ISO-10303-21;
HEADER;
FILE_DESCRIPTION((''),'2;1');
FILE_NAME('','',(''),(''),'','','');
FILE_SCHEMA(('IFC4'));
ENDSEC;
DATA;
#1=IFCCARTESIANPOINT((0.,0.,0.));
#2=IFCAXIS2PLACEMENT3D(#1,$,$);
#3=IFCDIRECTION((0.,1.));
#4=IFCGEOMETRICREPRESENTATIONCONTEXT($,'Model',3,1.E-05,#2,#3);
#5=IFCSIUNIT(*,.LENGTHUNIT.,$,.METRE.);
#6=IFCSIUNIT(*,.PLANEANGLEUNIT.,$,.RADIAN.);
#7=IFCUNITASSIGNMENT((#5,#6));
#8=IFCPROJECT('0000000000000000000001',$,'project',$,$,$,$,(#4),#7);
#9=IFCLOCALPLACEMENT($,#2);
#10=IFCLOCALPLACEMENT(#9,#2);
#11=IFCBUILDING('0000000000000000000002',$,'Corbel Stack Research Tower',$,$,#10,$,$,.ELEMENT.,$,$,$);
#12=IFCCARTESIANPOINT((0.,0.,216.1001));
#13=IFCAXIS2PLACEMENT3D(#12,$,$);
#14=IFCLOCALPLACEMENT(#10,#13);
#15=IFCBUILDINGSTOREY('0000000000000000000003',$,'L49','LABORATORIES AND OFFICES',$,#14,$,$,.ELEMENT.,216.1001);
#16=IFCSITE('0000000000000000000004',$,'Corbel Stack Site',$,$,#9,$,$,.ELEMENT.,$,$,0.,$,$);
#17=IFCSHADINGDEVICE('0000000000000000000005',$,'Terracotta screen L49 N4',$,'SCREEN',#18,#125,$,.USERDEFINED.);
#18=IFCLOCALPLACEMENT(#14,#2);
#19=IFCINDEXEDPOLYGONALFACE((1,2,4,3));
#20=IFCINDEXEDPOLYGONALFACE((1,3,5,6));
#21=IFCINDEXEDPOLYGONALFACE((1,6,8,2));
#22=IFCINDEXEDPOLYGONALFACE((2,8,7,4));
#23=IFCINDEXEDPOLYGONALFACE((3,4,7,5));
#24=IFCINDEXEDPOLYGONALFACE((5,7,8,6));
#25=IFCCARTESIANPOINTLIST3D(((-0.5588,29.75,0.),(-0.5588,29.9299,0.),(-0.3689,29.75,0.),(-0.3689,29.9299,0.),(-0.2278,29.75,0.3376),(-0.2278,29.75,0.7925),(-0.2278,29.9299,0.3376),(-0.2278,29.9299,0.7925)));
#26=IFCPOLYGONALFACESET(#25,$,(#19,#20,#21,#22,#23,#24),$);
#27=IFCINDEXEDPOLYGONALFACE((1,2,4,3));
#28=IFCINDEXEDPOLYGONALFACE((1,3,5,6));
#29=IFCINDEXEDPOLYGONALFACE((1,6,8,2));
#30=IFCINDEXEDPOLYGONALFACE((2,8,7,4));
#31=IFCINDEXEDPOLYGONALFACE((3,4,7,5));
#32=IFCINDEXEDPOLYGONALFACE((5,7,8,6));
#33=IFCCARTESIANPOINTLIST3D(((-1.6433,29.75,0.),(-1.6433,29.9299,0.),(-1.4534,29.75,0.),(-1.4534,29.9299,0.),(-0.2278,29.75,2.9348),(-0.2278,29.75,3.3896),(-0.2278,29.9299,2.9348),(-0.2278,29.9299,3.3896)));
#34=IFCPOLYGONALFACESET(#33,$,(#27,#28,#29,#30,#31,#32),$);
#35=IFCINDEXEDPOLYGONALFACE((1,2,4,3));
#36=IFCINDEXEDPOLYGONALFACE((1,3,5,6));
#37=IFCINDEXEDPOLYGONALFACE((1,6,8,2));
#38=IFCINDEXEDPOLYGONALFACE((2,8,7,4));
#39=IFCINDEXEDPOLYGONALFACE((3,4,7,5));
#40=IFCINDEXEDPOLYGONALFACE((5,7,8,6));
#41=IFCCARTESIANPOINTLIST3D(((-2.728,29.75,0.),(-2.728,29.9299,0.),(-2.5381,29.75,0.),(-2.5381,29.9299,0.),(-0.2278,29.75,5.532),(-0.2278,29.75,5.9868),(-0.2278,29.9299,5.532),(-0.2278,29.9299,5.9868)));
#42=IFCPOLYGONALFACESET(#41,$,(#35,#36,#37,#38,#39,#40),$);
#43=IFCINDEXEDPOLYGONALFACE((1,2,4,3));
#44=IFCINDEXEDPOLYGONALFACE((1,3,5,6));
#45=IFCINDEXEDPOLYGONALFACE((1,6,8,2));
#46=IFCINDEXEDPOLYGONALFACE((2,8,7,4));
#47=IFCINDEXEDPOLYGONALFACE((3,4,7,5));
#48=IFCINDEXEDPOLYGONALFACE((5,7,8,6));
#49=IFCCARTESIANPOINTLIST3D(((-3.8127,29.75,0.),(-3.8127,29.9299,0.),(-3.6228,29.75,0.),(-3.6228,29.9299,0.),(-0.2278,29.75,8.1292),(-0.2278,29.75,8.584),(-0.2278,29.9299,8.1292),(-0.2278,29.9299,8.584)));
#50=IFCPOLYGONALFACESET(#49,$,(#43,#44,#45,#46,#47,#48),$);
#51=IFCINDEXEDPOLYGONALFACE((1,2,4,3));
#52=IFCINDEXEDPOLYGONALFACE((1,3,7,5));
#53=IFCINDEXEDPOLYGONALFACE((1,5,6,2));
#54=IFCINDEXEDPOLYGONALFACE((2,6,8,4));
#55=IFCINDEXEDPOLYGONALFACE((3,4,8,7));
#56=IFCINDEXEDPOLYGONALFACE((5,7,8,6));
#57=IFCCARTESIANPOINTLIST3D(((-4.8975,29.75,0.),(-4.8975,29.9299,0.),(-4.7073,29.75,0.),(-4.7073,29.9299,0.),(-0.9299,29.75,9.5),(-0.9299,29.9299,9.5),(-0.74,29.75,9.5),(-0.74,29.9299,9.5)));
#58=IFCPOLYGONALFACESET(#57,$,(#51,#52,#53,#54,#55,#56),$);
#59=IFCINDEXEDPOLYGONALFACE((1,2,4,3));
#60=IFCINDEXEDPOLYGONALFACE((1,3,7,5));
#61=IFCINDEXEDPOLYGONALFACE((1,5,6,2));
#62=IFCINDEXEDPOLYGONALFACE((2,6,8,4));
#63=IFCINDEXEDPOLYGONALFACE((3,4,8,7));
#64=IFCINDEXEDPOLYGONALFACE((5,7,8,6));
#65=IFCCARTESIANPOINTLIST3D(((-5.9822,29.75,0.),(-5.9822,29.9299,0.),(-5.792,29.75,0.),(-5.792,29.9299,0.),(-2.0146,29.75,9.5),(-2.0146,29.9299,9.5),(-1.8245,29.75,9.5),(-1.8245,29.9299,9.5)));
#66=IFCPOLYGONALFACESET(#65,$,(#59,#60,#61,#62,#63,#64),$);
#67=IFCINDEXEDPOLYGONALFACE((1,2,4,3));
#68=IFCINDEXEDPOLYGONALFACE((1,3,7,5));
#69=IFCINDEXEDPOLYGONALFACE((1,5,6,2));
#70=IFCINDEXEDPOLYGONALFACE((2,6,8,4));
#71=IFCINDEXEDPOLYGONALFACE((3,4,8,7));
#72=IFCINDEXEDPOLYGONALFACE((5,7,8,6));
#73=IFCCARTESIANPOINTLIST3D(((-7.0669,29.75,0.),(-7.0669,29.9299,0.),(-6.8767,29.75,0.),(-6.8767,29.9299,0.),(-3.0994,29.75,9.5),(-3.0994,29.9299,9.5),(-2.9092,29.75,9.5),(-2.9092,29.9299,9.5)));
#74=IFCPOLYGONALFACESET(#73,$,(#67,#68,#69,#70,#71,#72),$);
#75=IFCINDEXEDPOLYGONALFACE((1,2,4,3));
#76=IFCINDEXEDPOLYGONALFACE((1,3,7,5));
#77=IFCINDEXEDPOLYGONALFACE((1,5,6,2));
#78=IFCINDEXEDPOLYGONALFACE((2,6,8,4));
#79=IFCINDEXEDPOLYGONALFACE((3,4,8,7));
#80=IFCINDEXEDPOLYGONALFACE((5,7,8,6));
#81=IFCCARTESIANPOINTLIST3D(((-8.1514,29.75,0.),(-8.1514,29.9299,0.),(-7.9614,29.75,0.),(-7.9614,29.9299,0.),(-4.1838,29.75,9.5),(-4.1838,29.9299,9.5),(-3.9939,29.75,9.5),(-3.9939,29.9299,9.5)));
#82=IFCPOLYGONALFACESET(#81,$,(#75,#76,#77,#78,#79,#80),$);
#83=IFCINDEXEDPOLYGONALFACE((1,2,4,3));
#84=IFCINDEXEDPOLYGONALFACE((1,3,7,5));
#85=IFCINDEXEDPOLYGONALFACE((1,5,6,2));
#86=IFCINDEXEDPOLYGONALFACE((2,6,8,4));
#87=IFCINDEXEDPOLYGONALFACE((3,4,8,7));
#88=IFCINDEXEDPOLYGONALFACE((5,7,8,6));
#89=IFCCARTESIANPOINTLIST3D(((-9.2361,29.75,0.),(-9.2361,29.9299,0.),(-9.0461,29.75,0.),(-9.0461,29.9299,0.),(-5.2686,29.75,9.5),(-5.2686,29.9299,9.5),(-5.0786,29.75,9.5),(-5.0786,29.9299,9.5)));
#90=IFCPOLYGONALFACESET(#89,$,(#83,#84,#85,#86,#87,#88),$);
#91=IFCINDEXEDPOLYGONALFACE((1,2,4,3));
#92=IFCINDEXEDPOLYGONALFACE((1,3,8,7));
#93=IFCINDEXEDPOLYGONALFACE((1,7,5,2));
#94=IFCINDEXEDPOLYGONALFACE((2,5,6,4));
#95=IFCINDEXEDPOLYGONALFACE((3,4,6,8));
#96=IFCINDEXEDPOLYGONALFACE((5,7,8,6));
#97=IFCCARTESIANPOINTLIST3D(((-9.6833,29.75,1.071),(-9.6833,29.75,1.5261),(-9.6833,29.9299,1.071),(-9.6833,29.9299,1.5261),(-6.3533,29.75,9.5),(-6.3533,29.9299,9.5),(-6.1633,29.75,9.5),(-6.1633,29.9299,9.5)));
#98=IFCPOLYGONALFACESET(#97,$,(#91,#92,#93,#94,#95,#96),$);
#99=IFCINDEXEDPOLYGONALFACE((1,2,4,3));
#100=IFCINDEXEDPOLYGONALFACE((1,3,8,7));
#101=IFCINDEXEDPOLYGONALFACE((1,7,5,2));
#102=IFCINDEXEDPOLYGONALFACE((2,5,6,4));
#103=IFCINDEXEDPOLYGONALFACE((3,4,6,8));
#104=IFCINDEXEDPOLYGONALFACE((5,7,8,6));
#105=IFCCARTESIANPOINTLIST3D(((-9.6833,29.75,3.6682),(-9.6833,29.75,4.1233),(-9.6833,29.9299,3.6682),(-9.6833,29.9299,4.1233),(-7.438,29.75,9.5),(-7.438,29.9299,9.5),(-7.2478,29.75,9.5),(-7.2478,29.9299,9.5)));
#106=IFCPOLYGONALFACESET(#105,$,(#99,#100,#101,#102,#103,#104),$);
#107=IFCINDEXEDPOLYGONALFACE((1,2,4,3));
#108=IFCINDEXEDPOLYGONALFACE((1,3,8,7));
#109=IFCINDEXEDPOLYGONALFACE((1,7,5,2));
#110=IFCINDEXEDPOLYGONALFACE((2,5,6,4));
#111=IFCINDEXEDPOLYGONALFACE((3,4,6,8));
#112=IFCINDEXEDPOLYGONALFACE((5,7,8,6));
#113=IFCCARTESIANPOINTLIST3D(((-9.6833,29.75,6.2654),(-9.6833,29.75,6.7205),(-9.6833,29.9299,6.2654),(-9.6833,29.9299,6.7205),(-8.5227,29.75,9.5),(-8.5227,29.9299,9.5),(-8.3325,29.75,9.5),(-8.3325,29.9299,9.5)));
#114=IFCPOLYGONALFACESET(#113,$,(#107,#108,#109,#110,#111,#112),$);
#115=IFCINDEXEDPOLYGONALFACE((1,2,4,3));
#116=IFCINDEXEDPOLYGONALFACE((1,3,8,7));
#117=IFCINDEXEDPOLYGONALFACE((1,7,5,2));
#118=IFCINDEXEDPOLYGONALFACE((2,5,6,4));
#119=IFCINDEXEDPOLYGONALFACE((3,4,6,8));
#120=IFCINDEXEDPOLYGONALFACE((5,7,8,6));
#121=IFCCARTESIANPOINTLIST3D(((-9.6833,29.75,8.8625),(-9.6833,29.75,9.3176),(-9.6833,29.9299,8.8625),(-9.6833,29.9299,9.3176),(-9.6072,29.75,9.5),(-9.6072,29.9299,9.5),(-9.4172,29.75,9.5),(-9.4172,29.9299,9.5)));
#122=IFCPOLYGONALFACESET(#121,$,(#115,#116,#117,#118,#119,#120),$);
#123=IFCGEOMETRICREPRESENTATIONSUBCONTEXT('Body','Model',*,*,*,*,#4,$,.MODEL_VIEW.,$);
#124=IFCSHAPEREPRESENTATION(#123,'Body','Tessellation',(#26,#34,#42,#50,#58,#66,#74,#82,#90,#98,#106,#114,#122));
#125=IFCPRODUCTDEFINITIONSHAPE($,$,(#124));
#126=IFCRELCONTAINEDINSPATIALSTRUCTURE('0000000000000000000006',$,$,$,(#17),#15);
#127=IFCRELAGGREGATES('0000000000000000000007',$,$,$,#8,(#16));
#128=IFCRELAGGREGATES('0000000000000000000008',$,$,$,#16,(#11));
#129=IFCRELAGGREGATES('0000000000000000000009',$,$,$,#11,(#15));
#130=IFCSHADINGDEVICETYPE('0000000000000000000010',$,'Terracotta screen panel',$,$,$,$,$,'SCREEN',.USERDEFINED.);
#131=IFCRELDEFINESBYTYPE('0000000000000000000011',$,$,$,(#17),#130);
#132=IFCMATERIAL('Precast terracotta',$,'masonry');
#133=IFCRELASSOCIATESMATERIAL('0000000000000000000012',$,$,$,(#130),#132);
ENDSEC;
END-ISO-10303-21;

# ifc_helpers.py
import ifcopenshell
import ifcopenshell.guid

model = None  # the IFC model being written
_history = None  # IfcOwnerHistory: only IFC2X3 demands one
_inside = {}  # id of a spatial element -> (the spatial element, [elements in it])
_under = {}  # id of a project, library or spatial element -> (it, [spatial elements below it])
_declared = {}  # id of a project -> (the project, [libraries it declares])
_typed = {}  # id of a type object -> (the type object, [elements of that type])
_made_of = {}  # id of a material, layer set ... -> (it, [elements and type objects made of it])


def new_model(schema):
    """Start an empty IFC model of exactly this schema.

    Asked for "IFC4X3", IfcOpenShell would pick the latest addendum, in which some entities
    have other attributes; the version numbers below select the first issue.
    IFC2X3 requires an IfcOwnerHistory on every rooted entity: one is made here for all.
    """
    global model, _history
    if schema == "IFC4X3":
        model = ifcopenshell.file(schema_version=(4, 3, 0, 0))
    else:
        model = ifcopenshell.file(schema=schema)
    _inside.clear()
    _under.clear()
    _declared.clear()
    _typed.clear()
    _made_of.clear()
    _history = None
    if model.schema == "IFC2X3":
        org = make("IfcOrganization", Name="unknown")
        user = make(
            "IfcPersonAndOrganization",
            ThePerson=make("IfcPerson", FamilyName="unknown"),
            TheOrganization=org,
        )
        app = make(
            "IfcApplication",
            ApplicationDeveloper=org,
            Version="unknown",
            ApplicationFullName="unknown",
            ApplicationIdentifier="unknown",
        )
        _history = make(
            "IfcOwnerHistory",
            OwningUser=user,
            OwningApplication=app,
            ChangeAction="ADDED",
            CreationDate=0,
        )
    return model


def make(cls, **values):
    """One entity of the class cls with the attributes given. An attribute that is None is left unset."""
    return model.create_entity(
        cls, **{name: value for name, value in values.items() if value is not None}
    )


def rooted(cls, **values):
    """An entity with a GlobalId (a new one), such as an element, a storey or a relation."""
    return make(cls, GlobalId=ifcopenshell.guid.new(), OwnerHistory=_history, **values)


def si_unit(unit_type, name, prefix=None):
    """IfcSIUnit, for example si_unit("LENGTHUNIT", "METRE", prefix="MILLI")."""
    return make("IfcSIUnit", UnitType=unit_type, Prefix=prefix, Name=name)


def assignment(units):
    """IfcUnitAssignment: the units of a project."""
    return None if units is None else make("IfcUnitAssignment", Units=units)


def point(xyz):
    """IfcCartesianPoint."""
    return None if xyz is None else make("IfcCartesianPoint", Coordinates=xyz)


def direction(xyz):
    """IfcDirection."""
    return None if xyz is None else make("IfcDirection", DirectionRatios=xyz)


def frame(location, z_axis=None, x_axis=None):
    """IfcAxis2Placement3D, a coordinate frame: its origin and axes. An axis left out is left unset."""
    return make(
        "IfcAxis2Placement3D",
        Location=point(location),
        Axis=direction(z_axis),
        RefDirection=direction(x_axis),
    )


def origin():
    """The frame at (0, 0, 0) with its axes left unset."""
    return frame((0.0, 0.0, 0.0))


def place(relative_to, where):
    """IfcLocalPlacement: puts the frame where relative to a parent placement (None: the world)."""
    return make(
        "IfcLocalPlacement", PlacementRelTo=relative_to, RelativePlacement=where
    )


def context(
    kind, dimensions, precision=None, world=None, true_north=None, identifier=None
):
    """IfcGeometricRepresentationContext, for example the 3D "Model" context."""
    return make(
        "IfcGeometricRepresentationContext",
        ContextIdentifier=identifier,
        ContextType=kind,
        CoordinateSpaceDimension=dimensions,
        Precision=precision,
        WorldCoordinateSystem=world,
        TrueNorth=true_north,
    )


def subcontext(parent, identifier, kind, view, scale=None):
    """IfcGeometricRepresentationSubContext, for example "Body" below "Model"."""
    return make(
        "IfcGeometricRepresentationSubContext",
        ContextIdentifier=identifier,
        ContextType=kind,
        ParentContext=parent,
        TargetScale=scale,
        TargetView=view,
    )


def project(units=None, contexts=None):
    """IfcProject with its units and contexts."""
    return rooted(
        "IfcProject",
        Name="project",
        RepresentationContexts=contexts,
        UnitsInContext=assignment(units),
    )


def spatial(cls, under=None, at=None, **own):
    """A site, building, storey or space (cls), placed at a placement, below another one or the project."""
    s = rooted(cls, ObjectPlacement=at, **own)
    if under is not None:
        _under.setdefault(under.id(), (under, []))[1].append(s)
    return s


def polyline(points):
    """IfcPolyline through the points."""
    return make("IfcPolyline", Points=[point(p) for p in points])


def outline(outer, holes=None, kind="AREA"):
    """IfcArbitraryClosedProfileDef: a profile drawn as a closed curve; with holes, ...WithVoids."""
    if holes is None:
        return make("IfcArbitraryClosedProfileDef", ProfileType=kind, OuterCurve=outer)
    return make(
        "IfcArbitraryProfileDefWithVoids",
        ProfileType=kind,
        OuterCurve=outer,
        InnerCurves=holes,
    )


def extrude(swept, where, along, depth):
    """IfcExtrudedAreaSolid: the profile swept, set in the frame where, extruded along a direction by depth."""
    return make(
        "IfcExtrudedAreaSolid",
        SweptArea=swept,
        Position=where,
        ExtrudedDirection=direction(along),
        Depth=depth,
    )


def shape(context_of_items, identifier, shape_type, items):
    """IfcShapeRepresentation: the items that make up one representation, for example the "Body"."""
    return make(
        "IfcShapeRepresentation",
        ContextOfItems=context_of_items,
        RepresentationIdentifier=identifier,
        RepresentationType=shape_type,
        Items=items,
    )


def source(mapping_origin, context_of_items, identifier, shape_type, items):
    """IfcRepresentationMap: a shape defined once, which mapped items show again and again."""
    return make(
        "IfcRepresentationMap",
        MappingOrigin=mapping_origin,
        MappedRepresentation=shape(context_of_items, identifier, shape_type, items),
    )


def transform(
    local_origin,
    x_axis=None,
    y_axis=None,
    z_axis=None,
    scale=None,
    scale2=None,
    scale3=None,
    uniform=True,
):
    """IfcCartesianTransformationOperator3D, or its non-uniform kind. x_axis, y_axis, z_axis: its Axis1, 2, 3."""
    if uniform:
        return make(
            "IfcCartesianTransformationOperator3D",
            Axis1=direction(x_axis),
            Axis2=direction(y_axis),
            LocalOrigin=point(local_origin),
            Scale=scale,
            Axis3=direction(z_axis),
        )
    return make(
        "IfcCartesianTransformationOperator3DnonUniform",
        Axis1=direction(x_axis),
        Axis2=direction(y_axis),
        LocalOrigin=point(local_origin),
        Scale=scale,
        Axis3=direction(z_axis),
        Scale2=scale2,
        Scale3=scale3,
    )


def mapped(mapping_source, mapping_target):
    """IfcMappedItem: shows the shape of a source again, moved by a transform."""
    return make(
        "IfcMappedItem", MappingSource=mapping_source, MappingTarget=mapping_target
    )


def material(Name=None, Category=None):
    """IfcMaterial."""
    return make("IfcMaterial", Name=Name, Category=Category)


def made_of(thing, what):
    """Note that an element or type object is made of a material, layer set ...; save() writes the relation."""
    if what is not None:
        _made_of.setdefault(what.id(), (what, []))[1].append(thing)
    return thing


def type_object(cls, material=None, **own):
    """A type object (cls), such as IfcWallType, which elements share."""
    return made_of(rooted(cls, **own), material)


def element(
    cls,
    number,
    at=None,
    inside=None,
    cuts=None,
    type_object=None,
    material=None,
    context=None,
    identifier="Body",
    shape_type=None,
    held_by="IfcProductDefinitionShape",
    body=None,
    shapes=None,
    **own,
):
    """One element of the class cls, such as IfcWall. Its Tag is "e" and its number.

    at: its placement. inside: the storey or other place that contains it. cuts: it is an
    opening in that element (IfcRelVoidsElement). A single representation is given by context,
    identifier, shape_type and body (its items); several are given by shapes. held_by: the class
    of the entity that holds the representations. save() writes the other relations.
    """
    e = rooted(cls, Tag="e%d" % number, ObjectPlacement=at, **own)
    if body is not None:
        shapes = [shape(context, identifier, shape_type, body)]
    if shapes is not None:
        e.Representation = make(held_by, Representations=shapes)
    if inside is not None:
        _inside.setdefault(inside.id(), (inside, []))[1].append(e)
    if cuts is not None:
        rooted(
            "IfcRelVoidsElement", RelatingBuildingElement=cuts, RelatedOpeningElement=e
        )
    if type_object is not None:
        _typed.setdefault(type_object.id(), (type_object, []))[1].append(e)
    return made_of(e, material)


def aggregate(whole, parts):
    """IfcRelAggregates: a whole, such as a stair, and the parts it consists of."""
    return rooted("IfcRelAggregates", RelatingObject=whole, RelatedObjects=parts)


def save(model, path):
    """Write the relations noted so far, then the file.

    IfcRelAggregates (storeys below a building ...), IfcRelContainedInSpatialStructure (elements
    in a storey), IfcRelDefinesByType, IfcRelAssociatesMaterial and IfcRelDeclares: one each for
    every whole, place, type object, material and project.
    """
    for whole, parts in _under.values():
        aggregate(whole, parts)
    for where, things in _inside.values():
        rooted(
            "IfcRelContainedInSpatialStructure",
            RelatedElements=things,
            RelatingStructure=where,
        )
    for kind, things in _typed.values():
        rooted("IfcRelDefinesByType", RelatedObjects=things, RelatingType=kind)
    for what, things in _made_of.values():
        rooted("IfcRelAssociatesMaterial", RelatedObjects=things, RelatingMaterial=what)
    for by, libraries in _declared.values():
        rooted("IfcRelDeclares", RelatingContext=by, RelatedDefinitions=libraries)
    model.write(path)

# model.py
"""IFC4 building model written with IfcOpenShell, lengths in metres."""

from ifc_helpers import new_model, si_unit, direction, frame, origin, place, context, subcontext, project, spatial, polyline, outline, extrude, source, transform, mapped, material, type_object, element, save


model = new_model("IFC4")

# Units and contexts
model_context = context("Model", 3, precision=1e-05, world=origin(), true_north=direction((0.0, 1.0)))
body_context = subcontext(model_context, "Body", "Model", "MODEL_VIEW")
ifc_project = project(units=[si_unit("LENGTHUNIT", "METRE"), si_unit("PLANEANGLEUNIT", "RADIAN")], contexts=[model_context])

# Site, building, storey
site_placement = place(None, origin())
site = spatial("IfcSite", under=ifc_project, at=site_placement, Name="Corbel Stack Site", CompositionType="ELEMENT", RefElevation=0.0)
building_placement = place(site_placement, origin())
building = spatial("IfcBuilding", under=site, at=building_placement, Name="Corbel Stack Research Tower", CompositionType="ELEMENT")
storey_placement = place(building_placement, frame((0.0, 0.0, 216.1001)))
storey = spatial("IfcBuildingStorey", under=building, at=storey_placement, Name="L49", Description="LABORATORIES AND OFFICES", CompositionType="ELEMENT", Elevation=216.1001)

# Shading device
ifc_material_1 = material(Name="Precast terracotta", Category="masonry")
shading_device_type = type_object("IfcShadingDeviceType", Name="Terracotta screen panel", ElementType="SCREEN", PredefinedType="USERDEFINED", material=ifc_material_1)
shared_shape_1 = source(origin(), body_context, "Body", "SweptSolid", [
    extrude(outline(polyline([(0.3311, 0.0), (0.0, 0.7925), (0.0, 0.3376), (0.1411, 0.0), (0.3311, 0.0)])), frame((0.0, 0.0, 0.0), z_axis=(0.0, -1.0, 0.0), x_axis=(1.0, 0.0, 0.0)), (0.0, 0.0, 1.0), 0.1799),
    extrude(outline(polyline([(1.4155, 0.0), (0.0, 3.3896), (0.0, 2.9348), (1.2256, 0.0), (1.4155, 0.0)])), frame((0.0, 0.0, 0.0), z_axis=(0.0, -1.0, 0.0), x_axis=(1.0, 0.0, 0.0)), (0.0, 0.0, 1.0), 0.1799),
    extrude(outline(polyline([(2.5002, 0.0), (0.0, 5.9868), (0.0, 5.532), (2.3103, 0.0), (2.5002, 0.0)])), frame((0.0, 0.0, 0.0), z_axis=(0.0, -1.0, 0.0), x_axis=(1.0, 0.0, 0.0)), (0.0, 0.0, 1.0), 0.1799),
    extrude(outline(polyline([(3.585, 0.0), (0.0, 8.584), (0.0, 8.1292), (3.395, 0.0), (3.585, 0.0)])), frame((0.0, 0.0, 0.0), z_axis=(0.0, -1.0, 0.0), x_axis=(1.0, 0.0, 0.0)), (0.0, 0.0, 1.0), 0.1799),
    extrude(outline(polyline([(4.6697, 0.0), (0.7021, 9.5), (0.5122, 9.5), (4.4795, 0.0), (4.6697, 0.0)])), frame((0.0, 0.0, 0.0), z_axis=(0.0, -1.0, 0.0), x_axis=(1.0, 0.0, 0.0)), (0.0, 0.0, 1.0), 0.1799),
    extrude(outline(polyline([(5.7544, 0.0), (1.7869, 9.5), (1.5967, 9.5), (5.5642, 0.0), (5.7544, 0.0)])), frame((0.0, 0.0, 0.0), z_axis=(0.0, -1.0, 0.0), x_axis=(1.0, 0.0, 0.0)), (0.0, 0.0, 1.0), 0.1799),
    extrude(outline(polyline([(6.8391, 0.0), (2.8716, 9.5), (2.6814, 9.5), (6.6489, 0.0), (6.8391, 0.0)])), frame((0.0, 0.0, 0.0), z_axis=(0.0, -1.0, 0.0), x_axis=(1.0, 0.0, 0.0)), (0.0, 0.0, 1.0), 0.1799),
    extrude(outline(polyline([(7.9236, 0.0), (3.9561, 9.5), (3.7661, 9.5), (7.7336, 0.0), (7.9236, 0.0)])), frame((0.0, 0.0, 0.0), z_axis=(0.0, -1.0, 0.0), x_axis=(1.0, 0.0, 0.0)), (0.0, 0.0, 1.0), 0.1799),
    extrude(outline(polyline([(9.0083, 0.0), (5.0408, 9.5), (4.8508, 9.5), (8.8184, 0.0), (9.0083, 0.0)])), frame((0.0, 0.0, 0.0), z_axis=(0.0, -1.0, 0.0), x_axis=(1.0, 0.0, 0.0)), (0.0, 0.0, 1.0), 0.1799),
    extrude(outline(polyline([(6.1255, 9.5), (5.9355, 9.5), (9.4556, 1.071), (9.4556, 1.5261), (6.1255, 9.5)])), frame((0.0, 0.0, 0.0), z_axis=(0.0, -1.0, 0.0), x_axis=(1.0, 0.0, 0.0)), (0.0, 0.0, 1.0), 0.1799),
    extrude(outline(polyline([(7.2102, 9.5), (7.02, 9.5), (9.4556, 3.6682), (9.4556, 4.1233), (7.2102, 9.5)])), frame((0.0, 0.0, 0.0), z_axis=(0.0, -1.0, 0.0), x_axis=(1.0, 0.0, 0.0)), (0.0, 0.0, 1.0), 0.1799),
    extrude(outline(polyline([(8.2949, 9.5), (8.1047, 9.5), (9.4556, 6.2654), (9.4556, 6.7205), (8.2949, 9.5)])), frame((0.0, 0.0, 0.0), z_axis=(0.0, -1.0, 0.0), x_axis=(1.0, 0.0, 0.0)), (0.0, 0.0, 1.0), 0.1799),
    extrude(outline(polyline([(9.3794, 9.5), (9.1895, 9.5), (9.4556, 8.8625), (9.4556, 9.3176), (9.3794, 9.5)])), frame((0.0, 0.0, 0.0), z_axis=(0.0, -1.0, 0.0), x_axis=(1.0, 0.0, 0.0)), (0.0, 0.0, 1.0), 0.1799),
])
shading_device_1_placement = place(storey_placement, frame((-0.2278, 29.75, 0.0), z_axis=(0.0, 0.0, 1.0), x_axis=(-1.0, 0.0, 0.0)))
element("IfcShadingDevice", 1, at=shading_device_1_placement, inside=storey, type_object=shading_device_type, Name="Terracotta screen L49 N4", ObjectType="SCREEN", PredefinedType="USERDEFINED", context=body_context, shape_type="MappedRepresentation", body=[
    mapped(shared_shape_1, transform((0.0, 0.0, 0.0))),
])

save(model, "model.ifc")
